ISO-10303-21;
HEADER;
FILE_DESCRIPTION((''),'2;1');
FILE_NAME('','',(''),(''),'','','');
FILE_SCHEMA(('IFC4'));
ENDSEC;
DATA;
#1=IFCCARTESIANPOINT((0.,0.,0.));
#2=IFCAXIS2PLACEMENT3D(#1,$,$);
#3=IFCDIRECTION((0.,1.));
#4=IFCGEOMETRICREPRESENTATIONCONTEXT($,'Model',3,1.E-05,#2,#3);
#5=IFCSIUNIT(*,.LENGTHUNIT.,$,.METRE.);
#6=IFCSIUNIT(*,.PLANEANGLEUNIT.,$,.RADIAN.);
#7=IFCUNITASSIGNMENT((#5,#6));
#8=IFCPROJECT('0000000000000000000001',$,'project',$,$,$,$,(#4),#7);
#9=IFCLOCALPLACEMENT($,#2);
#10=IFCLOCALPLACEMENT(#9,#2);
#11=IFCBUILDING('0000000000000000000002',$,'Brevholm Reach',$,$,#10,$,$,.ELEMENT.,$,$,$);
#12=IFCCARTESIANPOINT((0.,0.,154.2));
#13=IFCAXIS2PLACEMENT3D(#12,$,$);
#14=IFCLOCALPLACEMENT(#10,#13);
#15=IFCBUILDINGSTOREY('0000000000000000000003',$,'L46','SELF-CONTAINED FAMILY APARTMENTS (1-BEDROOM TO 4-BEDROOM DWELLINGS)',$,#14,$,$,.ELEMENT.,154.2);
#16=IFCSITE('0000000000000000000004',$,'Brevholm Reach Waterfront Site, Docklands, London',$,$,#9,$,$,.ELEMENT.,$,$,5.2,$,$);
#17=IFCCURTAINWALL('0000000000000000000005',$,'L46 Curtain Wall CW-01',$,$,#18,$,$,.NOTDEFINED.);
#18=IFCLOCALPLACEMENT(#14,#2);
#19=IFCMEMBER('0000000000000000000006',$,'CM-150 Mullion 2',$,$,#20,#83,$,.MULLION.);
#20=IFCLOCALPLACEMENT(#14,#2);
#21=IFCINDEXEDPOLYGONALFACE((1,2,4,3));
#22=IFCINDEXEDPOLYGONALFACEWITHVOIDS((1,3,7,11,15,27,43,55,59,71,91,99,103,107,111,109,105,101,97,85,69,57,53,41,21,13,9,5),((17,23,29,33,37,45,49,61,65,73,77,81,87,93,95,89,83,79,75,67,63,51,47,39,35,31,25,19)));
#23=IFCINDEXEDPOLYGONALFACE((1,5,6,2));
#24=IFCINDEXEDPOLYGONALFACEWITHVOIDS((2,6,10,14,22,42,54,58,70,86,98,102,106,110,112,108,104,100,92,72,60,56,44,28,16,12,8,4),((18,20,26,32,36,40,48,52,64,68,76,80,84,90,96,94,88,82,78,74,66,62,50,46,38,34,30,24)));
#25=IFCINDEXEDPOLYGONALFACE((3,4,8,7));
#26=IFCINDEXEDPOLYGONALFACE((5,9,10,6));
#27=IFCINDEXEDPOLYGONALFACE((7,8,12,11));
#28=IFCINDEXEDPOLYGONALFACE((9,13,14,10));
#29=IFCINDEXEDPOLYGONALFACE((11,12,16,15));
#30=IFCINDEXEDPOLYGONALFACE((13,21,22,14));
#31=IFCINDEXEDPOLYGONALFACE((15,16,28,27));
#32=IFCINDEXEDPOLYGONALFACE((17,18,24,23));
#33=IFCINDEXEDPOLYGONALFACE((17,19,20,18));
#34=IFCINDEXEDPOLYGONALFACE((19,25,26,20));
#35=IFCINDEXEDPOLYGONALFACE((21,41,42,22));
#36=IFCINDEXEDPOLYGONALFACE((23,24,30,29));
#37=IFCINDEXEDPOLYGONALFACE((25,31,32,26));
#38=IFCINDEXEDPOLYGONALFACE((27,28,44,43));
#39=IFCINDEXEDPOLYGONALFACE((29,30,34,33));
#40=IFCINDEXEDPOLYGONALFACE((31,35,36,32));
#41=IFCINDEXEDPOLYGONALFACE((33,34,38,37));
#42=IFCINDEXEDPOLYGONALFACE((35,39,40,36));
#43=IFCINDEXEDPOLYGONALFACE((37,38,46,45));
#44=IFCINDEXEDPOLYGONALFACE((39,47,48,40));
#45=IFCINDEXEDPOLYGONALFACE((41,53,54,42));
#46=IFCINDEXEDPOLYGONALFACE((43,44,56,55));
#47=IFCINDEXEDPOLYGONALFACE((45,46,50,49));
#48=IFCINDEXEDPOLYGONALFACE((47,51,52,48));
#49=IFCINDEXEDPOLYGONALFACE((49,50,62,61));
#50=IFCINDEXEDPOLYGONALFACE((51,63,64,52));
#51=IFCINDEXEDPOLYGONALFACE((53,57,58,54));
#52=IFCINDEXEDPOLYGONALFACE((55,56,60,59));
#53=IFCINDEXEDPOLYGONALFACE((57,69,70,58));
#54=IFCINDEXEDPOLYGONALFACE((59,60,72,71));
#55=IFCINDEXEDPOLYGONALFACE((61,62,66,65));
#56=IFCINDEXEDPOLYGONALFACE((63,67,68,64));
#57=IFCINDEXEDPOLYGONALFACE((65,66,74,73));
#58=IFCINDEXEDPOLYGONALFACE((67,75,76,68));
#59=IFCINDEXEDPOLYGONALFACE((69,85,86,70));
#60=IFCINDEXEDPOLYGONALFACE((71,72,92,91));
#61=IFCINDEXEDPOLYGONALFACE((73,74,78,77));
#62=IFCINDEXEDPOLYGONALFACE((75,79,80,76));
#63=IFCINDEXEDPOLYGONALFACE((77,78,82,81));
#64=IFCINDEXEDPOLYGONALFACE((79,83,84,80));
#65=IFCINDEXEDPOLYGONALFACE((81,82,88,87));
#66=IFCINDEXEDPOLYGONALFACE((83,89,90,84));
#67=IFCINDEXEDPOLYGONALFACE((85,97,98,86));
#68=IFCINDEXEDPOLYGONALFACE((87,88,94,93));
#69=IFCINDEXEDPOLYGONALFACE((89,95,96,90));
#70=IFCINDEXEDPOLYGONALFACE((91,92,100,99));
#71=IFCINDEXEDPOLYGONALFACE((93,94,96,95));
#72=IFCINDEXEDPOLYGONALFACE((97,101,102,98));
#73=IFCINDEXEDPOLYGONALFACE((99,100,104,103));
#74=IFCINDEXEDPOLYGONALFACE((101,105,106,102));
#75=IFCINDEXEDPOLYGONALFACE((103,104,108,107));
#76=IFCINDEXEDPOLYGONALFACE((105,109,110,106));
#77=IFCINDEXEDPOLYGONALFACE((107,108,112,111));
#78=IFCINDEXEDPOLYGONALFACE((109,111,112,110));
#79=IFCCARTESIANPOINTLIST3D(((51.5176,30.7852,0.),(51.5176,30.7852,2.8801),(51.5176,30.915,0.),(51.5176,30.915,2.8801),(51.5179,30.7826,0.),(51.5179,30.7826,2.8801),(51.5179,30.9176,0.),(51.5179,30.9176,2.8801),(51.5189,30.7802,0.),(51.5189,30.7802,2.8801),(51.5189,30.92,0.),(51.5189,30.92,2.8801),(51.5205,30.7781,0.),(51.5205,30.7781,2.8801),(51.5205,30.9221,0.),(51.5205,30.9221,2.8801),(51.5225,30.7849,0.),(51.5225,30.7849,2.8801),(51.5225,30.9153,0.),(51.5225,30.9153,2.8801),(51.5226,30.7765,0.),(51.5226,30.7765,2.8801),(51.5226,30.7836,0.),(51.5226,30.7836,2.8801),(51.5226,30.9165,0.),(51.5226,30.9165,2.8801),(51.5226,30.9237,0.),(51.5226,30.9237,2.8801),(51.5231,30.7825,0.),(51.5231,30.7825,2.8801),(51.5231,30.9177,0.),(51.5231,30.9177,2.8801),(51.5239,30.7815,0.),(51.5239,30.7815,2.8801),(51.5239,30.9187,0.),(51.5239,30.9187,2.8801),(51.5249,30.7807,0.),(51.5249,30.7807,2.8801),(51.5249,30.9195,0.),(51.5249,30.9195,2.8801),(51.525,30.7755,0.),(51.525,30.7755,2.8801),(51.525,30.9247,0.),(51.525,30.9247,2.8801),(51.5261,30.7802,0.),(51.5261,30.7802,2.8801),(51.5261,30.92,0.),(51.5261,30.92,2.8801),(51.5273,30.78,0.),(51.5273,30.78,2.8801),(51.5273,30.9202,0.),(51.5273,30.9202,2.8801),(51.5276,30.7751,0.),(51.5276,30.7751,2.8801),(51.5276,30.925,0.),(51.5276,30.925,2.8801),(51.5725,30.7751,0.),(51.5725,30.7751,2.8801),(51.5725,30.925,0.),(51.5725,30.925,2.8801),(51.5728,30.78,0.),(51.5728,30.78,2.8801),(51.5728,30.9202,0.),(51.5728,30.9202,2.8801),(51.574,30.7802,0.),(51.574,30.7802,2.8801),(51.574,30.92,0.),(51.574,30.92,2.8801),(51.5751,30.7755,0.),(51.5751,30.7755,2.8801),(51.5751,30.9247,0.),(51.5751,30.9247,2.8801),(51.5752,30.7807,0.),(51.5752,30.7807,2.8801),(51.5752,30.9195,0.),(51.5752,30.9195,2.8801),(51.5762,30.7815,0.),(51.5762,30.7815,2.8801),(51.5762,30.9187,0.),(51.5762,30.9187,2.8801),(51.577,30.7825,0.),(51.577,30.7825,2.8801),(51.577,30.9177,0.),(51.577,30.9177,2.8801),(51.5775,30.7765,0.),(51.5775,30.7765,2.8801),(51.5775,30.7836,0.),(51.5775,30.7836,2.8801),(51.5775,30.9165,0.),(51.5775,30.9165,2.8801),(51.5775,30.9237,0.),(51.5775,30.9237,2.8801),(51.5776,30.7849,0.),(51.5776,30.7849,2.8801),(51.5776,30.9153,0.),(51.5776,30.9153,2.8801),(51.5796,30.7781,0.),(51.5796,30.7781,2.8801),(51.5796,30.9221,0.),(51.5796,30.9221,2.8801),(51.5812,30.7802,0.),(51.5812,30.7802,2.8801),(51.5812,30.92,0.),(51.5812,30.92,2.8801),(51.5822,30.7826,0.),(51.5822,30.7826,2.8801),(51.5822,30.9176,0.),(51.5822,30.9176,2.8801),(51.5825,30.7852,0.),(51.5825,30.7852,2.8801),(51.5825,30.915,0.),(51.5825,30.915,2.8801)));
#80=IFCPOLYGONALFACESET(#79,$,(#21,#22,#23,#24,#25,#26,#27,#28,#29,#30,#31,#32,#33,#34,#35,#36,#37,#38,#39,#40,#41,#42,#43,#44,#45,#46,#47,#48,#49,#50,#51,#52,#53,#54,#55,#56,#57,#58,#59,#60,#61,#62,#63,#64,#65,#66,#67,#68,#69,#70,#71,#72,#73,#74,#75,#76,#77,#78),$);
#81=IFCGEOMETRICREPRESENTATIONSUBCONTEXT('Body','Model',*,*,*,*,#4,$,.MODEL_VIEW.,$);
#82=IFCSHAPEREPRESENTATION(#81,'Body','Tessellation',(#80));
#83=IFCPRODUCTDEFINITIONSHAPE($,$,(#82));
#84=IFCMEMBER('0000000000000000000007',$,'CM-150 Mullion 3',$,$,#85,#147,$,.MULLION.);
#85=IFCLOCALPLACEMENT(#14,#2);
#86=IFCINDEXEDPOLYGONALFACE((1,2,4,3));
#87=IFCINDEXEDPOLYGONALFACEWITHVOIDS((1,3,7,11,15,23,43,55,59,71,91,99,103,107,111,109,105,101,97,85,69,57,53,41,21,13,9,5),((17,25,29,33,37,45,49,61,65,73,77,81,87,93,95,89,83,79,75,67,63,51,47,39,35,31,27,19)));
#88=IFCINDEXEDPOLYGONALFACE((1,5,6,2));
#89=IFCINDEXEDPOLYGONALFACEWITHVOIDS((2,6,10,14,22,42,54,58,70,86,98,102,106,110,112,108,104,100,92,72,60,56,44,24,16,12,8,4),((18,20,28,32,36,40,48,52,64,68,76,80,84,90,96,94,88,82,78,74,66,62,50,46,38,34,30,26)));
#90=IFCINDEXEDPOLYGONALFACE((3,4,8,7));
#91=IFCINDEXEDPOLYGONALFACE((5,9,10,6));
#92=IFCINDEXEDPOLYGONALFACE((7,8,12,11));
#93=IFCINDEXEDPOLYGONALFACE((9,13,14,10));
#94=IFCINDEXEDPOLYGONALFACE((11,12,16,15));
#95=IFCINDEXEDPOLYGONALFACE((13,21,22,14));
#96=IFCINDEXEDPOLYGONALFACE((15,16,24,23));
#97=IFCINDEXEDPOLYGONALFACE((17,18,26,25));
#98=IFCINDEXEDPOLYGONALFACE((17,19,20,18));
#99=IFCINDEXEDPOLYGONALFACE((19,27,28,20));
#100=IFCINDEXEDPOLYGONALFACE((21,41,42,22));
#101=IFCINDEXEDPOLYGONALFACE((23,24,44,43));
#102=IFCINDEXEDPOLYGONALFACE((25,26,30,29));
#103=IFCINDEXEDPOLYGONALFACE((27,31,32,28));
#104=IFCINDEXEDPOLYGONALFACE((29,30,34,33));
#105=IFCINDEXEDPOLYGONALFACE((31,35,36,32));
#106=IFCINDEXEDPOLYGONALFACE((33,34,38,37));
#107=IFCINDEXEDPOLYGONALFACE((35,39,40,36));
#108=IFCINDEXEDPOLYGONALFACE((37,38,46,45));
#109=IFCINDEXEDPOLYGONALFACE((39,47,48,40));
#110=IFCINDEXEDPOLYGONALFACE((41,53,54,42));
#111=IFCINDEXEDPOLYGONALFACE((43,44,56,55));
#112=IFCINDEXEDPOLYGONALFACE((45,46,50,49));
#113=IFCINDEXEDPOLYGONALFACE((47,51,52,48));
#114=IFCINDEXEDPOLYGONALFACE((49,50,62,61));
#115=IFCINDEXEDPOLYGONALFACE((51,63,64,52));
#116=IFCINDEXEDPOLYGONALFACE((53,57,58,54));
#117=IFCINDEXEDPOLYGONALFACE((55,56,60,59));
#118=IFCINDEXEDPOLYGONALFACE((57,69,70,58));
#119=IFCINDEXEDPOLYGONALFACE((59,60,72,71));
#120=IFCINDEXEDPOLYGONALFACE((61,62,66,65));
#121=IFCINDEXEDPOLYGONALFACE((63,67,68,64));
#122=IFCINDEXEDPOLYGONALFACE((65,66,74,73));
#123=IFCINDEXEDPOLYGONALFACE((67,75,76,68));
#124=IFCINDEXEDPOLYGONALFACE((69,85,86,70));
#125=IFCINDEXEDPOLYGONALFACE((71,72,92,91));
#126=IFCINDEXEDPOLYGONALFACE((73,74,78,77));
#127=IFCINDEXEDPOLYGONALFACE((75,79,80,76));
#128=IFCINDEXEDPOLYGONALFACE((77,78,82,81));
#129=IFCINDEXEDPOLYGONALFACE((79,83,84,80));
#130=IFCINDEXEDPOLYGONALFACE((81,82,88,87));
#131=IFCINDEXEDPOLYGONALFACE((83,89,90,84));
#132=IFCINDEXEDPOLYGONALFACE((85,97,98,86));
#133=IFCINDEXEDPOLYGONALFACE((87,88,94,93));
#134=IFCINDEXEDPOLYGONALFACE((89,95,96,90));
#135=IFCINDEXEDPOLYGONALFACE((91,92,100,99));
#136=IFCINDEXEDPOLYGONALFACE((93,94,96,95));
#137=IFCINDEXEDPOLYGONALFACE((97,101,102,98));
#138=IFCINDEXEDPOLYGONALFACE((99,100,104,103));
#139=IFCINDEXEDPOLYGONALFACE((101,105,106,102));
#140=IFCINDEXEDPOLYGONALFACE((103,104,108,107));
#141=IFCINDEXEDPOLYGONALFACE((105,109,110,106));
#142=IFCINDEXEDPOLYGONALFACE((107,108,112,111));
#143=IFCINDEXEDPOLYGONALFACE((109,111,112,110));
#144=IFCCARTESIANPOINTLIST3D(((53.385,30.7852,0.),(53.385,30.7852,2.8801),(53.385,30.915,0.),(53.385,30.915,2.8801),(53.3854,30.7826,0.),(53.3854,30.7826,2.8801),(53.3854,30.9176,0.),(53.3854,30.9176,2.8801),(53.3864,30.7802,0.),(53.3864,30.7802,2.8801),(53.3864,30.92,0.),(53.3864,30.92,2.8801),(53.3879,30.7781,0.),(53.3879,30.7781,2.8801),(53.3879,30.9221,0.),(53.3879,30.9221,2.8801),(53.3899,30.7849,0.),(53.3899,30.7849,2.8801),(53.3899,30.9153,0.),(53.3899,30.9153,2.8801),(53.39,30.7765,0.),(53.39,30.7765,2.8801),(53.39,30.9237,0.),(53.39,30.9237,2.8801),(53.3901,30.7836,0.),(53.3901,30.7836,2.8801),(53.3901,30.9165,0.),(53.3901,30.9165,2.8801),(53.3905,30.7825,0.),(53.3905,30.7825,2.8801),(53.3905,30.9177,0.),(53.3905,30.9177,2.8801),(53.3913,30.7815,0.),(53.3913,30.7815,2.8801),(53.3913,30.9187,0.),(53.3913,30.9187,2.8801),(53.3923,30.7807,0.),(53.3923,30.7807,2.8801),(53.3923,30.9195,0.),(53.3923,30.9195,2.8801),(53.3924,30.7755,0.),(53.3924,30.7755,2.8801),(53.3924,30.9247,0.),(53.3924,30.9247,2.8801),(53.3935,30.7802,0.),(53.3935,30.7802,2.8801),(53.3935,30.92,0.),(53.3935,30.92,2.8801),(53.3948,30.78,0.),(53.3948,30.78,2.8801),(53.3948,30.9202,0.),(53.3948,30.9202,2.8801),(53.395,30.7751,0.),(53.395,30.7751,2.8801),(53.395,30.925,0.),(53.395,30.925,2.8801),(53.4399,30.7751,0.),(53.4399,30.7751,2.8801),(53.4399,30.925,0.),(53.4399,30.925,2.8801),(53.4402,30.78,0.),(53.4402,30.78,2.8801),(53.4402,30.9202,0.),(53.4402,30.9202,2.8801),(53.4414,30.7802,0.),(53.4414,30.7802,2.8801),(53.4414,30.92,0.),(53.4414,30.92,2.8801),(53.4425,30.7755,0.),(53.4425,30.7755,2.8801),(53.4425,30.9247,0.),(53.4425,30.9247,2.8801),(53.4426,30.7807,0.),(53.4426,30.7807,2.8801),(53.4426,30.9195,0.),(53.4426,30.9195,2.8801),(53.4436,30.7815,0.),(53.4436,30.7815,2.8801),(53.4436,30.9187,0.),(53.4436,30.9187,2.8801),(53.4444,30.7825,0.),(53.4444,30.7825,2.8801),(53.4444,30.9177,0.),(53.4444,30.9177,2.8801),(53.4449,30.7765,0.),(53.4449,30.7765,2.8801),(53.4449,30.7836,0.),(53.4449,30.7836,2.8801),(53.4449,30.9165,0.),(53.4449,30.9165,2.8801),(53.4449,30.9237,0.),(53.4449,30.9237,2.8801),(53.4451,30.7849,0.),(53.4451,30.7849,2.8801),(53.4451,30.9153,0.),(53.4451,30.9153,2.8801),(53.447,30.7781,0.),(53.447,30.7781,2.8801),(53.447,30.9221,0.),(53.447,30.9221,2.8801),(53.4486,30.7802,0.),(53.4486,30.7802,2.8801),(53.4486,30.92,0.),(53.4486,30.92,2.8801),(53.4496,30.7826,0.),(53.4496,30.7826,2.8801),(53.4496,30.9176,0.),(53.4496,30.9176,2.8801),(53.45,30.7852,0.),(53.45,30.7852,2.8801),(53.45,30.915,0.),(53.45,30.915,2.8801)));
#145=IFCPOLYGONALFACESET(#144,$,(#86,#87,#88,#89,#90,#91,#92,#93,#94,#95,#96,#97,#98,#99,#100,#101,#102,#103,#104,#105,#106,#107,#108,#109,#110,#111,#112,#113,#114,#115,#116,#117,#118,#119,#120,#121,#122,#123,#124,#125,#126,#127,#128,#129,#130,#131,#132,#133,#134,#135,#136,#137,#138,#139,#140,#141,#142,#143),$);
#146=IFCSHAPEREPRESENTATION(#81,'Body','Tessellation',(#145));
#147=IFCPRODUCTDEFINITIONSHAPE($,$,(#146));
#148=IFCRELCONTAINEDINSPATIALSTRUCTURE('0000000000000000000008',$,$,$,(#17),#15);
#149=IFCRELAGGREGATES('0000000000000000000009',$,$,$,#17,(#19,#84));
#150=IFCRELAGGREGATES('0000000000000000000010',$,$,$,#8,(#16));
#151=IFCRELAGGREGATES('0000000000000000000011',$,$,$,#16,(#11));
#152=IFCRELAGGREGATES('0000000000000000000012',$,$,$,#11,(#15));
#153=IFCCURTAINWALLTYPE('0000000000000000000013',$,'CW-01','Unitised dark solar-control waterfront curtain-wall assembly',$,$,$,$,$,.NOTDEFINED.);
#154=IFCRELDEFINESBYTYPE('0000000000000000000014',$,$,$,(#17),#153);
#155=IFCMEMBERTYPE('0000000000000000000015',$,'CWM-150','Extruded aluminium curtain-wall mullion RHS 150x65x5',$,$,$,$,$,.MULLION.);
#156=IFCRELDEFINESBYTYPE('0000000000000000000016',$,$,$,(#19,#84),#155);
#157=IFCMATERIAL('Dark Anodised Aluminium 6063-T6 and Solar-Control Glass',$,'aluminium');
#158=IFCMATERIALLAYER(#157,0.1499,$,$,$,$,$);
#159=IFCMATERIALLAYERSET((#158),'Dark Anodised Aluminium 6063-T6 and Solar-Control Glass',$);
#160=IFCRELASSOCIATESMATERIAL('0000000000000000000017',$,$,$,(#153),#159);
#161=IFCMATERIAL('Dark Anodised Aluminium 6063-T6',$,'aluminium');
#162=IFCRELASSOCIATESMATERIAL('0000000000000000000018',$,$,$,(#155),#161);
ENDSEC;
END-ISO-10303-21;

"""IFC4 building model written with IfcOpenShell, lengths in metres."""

from ifc_helpers import new_model, si_unit, direction, frame, origin, origin_2d, place, context, subcontext, project, spatial, hollow_rectangle, extrude, material, layer, layer_set, material_profile, profile_set, type_object, element, aggregate, save


model = new_model("IFC4")

# Units and contexts
model_context = context("Model", 3, precision=1e-05, world=origin(), true_north=direction((0.0, 1.0)))
body_context = subcontext(model_context, "Body", "Model", "MODEL_VIEW")
ifc_project = project(units=[si_unit("LENGTHUNIT", "METRE"), si_unit("PLANEANGLEUNIT", "RADIAN")], contexts=[model_context])

# Site, building, storey
site_placement = place(None, origin())
site = spatial("IfcSite", under=ifc_project, at=site_placement, Name="Brevholm Reach Waterfront Site, Docklands, London", CompositionType="ELEMENT", RefElevation=5.2)
building_placement = place(site_placement, origin())
building = spatial("IfcBuilding", under=site, at=building_placement, Name="Brevholm Reach", CompositionType="ELEMENT")
storey_placement = place(building_placement, frame((0.0, 0.0, 154.2)))
storey = spatial("IfcBuildingStorey", under=building, at=storey_placement, Name="L46", Description="SELF-CONTAINED FAMILY APARTMENTS (1-BEDROOM TO 4-BEDROOM DWELLINGS)", CompositionType="ELEMENT", Elevation=154.2)

# Curtain wall, members
ifc_material_1 = material(Name="Dark Anodised Aluminium 6063-T6 and Solar-Control Glass", Category="aluminium")
ifc_layer_1 = layer(ifc_material_1, 0.1499)
ifc_layer_set_1 = layer_set([ifc_layer_1], Name="Dark Anodised Aluminium 6063-T6 and Solar-Control Glass")
curtain_wall_type = type_object("IfcCurtainWallType", Name="CW-01", Description="Unitised dark solar-control waterfront curtain-wall assembly", PredefinedType="NOTDEFINED", material=ifc_layer_set_1)
curtain_wall_placement = place(storey_placement, origin())
curtain_wall = element("IfcCurtainWall", 1, at=curtain_wall_placement, inside=storey, type_object=curtain_wall_type, Name="L46 Curtain Wall CW-01", PredefinedType="NOTDEFINED")
ifc_material_2 = material(Name="Dark Anodised Aluminium 6063-T6", Category="aluminium")
ifc_material_profile_1 = material_profile(ifc_material_2, hollow_rectangle(XDim=0.0649, YDim=0.1499, WallThickness=0.0049, InnerFilletRadius=0.0049, OuterFilletRadius=0.01, at=origin_2d()), Name="RHS 150x65x5")
ifc_profile_set_1 = profile_set([ifc_material_profile_1], Name="Dark Anodised Aluminium 6063-T6")
member_type_1 = type_object("IfcMemberType", Name="CWM-150", Description="Extruded aluminium curtain-wall mullion RHS 150x65x5", PredefinedType="MULLION", material=ifc_profile_set_1)
member_1_placement = place(storey_placement, frame((51.55, 30.8501, 0.0), z_axis=(0.0, 0.0, 1.0), x_axis=(1.0, 0.0, 0.0)))
member_1 = element("IfcMember", 2, at=member_1_placement, type_object=member_type_1, Name="CM-150 Mullion 2", PredefinedType="MULLION", context=body_context, shape_type="SweptSolid", body=[
    extrude(hollow_rectangle(XDim=0.0649, YDim=0.1499, WallThickness=0.0049, InnerFilletRadius=0.0049, OuterFilletRadius=0.01, at=origin_2d()), origin(), (0.0, 0.0, 1.0), 2.8801),
])
member_2_placement = place(storey_placement, frame((53.4175, 30.8501, 0.0), z_axis=(0.0, 0.0, 1.0), x_axis=(1.0, 0.0, 0.0)))
member_2 = element("IfcMember", 3, at=member_2_placement, type_object=member_type_1, Name="CM-150 Mullion 3", PredefinedType="MULLION", context=body_context, shape_type="SweptSolid", body=[
    extrude(hollow_rectangle(XDim=0.0649, YDim=0.1499, WallThickness=0.0049, InnerFilletRadius=0.0049, OuterFilletRadius=0.01, at=origin_2d()), origin(), (0.0, 0.0, 1.0), 2.8801),
])
aggregate(curtain_wall, [member_1, member_2])

save(model, "model.ifc")
